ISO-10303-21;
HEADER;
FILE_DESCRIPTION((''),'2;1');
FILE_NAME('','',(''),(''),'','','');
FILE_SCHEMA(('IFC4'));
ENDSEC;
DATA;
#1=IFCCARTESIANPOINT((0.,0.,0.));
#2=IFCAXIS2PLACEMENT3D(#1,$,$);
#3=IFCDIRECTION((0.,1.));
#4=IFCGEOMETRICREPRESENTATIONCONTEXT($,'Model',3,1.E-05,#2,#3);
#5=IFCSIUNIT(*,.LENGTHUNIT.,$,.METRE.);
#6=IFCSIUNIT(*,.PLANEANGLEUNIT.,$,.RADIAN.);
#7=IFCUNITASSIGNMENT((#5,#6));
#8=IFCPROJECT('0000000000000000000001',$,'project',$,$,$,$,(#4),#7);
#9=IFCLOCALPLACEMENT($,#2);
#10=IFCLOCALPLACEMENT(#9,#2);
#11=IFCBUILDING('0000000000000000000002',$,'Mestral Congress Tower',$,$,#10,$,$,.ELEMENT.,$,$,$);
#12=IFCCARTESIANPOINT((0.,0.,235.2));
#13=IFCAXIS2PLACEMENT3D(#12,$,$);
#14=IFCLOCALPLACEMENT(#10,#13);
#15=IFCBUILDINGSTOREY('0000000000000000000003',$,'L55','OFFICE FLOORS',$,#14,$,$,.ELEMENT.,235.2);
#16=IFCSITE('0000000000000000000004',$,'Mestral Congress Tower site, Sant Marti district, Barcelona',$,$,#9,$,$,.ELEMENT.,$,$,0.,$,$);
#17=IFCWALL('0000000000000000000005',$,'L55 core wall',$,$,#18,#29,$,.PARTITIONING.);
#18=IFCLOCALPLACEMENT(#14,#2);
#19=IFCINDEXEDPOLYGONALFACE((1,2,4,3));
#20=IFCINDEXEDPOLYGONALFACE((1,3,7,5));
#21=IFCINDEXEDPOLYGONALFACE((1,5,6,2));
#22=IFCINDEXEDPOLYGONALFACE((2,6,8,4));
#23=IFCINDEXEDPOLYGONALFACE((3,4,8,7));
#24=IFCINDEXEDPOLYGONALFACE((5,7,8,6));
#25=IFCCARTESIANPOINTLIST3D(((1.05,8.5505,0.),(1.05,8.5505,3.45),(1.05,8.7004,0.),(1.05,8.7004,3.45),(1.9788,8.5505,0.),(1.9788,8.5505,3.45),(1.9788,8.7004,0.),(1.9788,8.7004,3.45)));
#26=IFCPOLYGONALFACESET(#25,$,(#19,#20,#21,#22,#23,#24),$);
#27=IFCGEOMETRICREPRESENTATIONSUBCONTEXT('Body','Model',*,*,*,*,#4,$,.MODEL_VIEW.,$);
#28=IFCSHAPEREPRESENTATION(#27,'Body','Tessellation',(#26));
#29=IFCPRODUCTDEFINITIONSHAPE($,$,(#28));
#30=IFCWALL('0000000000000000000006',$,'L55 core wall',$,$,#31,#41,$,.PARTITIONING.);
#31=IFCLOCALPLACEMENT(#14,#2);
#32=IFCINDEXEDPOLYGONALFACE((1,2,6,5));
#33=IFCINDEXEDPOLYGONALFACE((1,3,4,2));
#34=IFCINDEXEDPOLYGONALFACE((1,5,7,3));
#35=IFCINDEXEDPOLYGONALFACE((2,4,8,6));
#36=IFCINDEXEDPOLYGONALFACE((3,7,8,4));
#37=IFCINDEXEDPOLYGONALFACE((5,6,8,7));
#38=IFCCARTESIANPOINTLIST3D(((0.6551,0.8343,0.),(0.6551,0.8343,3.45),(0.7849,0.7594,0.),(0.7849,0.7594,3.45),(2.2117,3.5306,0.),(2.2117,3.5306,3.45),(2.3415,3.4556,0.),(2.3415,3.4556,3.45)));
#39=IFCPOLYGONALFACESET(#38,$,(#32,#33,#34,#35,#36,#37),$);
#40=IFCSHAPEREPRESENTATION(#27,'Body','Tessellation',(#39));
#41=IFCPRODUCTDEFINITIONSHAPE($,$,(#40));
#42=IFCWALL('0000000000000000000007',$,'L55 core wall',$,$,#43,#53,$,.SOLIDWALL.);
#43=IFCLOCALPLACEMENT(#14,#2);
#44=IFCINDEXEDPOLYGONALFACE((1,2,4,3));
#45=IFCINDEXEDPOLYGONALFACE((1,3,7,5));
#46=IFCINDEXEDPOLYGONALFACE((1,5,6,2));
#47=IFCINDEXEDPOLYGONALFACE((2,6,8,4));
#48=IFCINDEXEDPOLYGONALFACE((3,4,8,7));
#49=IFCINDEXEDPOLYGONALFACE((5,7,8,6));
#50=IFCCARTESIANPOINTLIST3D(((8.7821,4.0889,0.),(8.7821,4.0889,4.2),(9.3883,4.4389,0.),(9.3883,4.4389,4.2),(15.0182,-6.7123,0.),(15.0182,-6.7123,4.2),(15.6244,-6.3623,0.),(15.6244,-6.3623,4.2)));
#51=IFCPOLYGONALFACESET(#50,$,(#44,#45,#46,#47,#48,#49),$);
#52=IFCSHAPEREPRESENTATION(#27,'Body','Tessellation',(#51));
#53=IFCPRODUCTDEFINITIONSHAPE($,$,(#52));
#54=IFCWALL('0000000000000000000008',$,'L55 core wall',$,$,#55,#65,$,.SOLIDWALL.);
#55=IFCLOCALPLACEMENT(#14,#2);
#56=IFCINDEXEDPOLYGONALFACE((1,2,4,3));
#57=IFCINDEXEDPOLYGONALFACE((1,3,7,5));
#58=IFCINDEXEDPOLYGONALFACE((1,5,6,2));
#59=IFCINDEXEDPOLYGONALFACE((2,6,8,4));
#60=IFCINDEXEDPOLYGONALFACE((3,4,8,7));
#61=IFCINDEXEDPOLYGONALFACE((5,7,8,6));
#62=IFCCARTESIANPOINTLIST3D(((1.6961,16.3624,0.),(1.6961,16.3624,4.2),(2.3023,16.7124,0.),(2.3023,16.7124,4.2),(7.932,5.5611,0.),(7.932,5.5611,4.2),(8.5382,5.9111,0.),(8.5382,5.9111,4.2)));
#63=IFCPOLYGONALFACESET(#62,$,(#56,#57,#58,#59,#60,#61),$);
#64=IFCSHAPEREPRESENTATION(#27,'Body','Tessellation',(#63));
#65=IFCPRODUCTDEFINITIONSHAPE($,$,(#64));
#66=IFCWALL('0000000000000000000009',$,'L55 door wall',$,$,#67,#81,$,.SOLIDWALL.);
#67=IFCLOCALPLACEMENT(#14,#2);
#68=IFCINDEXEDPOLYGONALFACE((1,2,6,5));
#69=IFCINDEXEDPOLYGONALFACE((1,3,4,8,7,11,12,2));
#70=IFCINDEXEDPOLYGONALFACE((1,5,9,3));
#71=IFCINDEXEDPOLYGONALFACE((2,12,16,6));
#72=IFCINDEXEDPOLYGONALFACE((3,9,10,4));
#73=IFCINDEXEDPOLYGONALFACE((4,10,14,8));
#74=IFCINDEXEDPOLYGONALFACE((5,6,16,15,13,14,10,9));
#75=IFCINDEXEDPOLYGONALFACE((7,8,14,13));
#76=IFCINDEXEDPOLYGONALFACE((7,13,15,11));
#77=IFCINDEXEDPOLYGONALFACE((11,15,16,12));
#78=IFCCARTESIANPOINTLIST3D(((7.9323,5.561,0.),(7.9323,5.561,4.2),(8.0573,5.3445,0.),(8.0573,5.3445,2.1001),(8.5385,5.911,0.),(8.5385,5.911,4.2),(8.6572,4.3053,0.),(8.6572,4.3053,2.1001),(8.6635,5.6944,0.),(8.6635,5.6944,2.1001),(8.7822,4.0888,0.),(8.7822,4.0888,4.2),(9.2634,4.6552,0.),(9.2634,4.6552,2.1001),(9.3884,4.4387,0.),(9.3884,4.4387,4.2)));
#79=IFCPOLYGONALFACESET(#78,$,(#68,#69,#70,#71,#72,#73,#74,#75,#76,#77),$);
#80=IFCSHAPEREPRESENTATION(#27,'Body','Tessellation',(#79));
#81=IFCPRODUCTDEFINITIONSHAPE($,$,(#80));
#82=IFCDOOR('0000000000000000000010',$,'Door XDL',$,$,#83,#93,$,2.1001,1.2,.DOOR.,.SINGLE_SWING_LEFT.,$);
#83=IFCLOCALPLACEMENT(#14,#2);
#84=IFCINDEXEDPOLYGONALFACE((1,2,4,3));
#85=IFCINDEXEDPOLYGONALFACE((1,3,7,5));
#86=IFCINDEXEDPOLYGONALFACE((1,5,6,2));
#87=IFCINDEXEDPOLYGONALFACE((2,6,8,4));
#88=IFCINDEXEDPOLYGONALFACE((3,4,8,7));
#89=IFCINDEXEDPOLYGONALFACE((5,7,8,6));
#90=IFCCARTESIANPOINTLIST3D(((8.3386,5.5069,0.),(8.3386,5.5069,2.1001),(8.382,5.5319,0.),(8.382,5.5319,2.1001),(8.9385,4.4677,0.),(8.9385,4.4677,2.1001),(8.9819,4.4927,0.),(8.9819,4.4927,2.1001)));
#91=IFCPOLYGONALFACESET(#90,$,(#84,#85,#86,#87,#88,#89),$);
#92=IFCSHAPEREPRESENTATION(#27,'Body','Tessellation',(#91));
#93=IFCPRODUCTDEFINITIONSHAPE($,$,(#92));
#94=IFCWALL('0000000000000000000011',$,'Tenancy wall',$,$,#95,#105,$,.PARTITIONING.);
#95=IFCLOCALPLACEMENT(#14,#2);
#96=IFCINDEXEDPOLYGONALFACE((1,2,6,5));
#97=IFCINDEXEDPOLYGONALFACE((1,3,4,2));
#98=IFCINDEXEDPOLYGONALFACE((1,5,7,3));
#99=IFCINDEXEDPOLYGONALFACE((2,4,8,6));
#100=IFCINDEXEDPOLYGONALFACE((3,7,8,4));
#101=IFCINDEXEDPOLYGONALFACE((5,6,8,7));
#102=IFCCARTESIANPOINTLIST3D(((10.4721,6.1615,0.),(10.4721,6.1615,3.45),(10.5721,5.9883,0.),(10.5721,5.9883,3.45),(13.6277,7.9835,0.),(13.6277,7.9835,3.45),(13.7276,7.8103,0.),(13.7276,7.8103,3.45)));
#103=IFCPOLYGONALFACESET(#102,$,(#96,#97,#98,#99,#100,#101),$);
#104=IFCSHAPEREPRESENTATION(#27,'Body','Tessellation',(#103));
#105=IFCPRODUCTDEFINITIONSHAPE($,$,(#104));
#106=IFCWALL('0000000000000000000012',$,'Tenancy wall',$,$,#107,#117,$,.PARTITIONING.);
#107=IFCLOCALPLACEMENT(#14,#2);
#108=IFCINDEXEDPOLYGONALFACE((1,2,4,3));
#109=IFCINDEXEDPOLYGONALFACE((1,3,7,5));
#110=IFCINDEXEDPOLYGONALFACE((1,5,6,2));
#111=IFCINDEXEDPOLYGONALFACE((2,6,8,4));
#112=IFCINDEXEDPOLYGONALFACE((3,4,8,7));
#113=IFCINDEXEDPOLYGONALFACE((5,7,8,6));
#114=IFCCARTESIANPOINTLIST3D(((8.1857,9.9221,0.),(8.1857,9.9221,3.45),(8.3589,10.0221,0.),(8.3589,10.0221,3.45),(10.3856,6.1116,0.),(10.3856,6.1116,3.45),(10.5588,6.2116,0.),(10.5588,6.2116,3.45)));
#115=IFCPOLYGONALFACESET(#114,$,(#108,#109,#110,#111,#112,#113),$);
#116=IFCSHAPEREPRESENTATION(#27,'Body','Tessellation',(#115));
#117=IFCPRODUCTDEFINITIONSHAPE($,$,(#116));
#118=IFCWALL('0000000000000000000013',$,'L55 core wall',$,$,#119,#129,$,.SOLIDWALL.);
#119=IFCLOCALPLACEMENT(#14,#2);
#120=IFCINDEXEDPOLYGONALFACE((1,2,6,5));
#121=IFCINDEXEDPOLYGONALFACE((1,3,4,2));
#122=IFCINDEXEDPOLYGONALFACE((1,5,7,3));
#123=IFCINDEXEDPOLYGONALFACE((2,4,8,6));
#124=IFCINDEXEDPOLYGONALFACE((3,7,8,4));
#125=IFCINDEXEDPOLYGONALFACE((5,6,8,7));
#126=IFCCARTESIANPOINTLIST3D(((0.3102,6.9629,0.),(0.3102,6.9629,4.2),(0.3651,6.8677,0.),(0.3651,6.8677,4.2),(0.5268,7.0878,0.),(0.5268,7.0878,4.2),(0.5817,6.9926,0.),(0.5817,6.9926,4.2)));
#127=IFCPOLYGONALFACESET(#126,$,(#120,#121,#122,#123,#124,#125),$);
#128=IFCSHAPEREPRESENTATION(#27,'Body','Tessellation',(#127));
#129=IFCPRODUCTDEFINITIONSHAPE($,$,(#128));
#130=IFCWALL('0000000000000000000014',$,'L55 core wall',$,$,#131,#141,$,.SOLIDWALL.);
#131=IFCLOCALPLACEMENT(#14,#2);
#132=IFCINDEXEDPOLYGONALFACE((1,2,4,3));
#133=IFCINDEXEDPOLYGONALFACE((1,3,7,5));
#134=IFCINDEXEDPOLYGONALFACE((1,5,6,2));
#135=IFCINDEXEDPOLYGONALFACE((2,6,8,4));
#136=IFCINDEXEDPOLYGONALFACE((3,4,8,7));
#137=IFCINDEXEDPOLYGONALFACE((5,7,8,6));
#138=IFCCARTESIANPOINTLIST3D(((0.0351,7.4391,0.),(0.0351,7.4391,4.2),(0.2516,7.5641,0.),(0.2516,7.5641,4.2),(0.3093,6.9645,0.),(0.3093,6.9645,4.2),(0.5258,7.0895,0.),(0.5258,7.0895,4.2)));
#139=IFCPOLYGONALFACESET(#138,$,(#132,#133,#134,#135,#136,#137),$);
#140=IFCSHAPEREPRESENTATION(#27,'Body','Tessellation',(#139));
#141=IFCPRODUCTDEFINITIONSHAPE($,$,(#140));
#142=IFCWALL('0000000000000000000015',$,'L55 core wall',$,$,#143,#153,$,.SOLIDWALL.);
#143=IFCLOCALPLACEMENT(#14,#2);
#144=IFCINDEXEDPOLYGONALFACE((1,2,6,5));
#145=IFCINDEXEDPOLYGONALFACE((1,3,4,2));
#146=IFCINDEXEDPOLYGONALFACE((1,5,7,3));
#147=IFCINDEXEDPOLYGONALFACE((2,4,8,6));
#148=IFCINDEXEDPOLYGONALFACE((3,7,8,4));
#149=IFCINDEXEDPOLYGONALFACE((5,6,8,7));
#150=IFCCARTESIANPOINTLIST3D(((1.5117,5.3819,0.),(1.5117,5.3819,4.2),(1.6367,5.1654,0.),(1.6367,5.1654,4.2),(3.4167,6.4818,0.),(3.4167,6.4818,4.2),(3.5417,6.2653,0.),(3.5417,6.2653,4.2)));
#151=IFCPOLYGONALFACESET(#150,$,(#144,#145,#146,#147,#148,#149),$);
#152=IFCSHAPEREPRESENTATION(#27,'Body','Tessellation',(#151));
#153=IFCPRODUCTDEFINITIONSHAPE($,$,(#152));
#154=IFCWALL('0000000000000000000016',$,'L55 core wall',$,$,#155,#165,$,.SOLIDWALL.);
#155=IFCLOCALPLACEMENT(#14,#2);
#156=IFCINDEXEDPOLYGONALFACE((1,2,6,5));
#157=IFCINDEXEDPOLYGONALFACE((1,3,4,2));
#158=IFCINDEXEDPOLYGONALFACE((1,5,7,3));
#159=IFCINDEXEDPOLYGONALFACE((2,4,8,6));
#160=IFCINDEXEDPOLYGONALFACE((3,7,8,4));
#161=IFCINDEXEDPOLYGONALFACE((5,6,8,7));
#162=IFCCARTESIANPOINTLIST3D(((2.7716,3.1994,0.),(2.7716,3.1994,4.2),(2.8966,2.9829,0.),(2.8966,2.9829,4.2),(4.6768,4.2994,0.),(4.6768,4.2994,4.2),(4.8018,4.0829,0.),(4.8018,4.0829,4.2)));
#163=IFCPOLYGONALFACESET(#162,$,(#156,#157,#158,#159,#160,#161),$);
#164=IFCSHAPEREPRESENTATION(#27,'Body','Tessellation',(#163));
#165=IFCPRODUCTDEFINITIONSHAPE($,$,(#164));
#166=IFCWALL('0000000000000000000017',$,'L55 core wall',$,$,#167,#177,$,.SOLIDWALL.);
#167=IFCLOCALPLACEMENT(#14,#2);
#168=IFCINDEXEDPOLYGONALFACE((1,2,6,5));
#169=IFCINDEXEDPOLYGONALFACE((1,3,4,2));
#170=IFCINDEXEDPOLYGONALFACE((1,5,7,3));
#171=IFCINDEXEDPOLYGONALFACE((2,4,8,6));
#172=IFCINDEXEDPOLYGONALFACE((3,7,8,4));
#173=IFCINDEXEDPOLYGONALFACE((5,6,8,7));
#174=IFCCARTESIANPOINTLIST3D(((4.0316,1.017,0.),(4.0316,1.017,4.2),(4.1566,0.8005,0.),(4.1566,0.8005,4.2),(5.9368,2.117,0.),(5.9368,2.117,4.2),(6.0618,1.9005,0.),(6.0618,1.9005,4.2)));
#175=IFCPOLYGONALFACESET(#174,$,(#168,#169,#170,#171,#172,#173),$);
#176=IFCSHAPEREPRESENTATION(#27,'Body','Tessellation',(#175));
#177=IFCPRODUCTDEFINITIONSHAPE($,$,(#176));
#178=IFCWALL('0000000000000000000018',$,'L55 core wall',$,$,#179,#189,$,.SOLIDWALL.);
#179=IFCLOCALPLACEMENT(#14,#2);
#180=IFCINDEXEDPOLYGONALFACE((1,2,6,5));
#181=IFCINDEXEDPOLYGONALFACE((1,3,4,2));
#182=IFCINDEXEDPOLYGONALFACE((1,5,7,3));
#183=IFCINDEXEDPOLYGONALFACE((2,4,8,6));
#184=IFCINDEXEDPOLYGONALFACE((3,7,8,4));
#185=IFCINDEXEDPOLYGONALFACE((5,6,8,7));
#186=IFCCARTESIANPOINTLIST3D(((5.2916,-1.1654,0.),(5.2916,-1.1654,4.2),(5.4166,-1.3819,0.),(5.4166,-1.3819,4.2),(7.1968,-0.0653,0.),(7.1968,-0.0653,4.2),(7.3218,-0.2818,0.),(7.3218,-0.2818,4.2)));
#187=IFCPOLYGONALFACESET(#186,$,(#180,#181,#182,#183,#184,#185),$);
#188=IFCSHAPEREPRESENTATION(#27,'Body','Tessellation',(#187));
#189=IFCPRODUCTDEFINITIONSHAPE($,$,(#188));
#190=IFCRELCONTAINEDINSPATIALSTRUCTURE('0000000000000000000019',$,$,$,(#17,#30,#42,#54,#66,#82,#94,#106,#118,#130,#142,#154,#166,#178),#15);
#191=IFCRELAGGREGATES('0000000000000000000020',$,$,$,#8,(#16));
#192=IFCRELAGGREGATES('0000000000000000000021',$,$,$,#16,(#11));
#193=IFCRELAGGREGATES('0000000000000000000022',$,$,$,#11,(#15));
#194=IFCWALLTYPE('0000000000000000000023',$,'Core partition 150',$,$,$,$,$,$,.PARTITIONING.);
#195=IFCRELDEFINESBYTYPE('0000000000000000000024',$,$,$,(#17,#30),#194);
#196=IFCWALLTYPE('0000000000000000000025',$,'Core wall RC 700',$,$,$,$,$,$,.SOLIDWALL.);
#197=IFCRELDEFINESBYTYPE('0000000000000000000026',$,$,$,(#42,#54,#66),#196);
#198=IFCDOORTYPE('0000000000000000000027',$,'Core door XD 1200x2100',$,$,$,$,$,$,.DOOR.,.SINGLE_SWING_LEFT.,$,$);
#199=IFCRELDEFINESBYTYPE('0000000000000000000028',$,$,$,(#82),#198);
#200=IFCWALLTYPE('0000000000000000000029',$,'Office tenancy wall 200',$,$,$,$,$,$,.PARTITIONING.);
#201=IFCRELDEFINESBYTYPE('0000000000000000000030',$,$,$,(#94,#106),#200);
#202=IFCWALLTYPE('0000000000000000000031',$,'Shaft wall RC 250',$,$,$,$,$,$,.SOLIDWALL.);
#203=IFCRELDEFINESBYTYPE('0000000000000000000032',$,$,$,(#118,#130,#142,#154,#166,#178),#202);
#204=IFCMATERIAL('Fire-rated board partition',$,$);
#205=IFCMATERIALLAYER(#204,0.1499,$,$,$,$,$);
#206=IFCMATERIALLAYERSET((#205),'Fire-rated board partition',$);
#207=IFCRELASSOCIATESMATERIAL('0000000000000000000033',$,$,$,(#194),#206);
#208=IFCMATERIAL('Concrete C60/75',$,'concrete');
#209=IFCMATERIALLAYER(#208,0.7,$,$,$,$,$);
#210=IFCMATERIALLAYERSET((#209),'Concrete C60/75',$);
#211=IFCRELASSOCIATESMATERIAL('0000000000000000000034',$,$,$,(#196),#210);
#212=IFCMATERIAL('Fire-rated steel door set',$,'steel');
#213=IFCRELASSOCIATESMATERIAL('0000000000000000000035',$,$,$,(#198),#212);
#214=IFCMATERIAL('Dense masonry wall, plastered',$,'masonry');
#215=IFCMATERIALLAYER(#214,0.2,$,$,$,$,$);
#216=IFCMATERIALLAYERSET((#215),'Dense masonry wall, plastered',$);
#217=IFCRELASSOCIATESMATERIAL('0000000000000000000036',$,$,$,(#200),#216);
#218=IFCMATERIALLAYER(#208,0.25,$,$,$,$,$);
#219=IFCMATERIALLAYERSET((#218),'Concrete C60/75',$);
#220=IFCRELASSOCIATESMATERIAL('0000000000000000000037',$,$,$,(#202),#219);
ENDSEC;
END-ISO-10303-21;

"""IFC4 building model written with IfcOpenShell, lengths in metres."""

from ifc_helpers import new_model, si_unit, direction, frame, frame_2d, origin, place, context, subcontext, project, spatial, rectangle, extrude, material, layer, layer_set, type_object, element, fill, save


model = new_model("IFC4")

# Units and contexts
model_context = context("Model", 3, precision=1e-05, world=origin(), true_north=direction((0.0, 1.0)))
body_context = subcontext(model_context, "Body", "Model", "MODEL_VIEW")
ifc_project = project(units=[si_unit("LENGTHUNIT", "METRE"), si_unit("PLANEANGLEUNIT", "RADIAN")], contexts=[model_context])

# Site, building, storey
site_placement = place(None, origin())
site = spatial("IfcSite", under=ifc_project, at=site_placement, Name="Mestral Congress Tower site, Sant Marti district, Barcelona", CompositionType="ELEMENT", RefElevation=0.0)
building_placement = place(site_placement, origin())
building = spatial("IfcBuilding", under=site, at=building_placement, Name="Mestral Congress Tower", CompositionType="ELEMENT")
storey_placement = place(building_placement, frame((0.0, 0.0, 235.2)))
storey = spatial("IfcBuildingStorey", under=building, at=storey_placement, Name="L55", Description="OFFICE FLOORS", CompositionType="ELEMENT", Elevation=235.2)

# Walls
ifc_material_1 = material(Name="Fire-rated board partition")
ifc_layer_1 = layer(ifc_material_1, 0.1499)
ifc_layer_set_1 = layer_set([ifc_layer_1], Name="Fire-rated board partition")
wall_type_1 = type_object("IfcWallType", Name="Core partition 150", PredefinedType="PARTITIONING", material=ifc_layer_set_1)
wall_1_placement = place(storey_placement, frame((1.05, 8.6255, 0.0), z_axis=(0.0, 0.0, 1.0), x_axis=(1.0, 0.0, 0.0)))
element("IfcWall", 1, at=wall_1_placement, inside=storey, type_object=wall_type_1, Name="L55 core wall", PredefinedType="PARTITIONING", context=body_context, shape_type="SweptSolid", body=[
    extrude(rectangle(XDim=0.9287, YDim=0.1499, at=frame_2d((0.4644, 0.0))), origin(), (0.0, 0.0, 1.0), 3.45),
])
wall_2_placement = place(storey_placement, frame((0.72, 0.7969, 0.0), z_axis=(0.0, 0.0, 1.0), x_axis=(0.499985, 0.866034, 0.0)))
element("IfcWall", 2, at=wall_2_placement, inside=storey, type_object=wall_type_1, Name="L55 core wall", PredefinedType="PARTITIONING", context=body_context, shape_type="SweptSolid", body=[
    extrude(rectangle(XDim=3.1133, YDim=0.1499, at=frame_2d((1.5566, 0.0))), origin(), (0.0, 0.0, 1.0), 3.45),
])
ifc_material_2 = material(Name="Concrete C60/75", Category="concrete")
ifc_layer_2 = layer(ifc_material_2, 0.7)
ifc_layer_set_2 = layer_set([ifc_layer_2], Name="Concrete C60/75")
wall_type_2 = type_object("IfcWallType", Name="Core wall RC 700", PredefinedType="SOLIDWALL", material=ifc_layer_set_2)
for number, where, z_axis, x_axis, name in (
    (3, (9.0852, 4.2639, 0.0), (0.0, 0.0, 1.0), (0.499998, -0.866027, 0.0), "L55 core wall"),
    (4, (8.2351, 5.7361, 0.0), (0.0, 0.0, 1.0), (-0.499983, 0.866035, 0.0), "L55 core wall"),
):
    element("IfcWall", number, at=place(storey_placement, frame(where, z_axis=z_axis, x_axis=x_axis)), inside=storey, type_object=wall_type_2, Name=name, PredefinedType="SOLIDWALL", context=body_context, shape_type="SweptSolid", body=[
        extrude(rectangle(XDim=12.4722, YDim=0.7, at=frame_2d((6.2361, 0.0))), origin(), (0.0, 0.0, 1.0), 4.2),
    ])

# Wall, opening, door
wall_3_placement = place(storey_placement, frame((8.2354, 5.7361, 0.0), z_axis=(0.0, 0.0, 1.0), x_axis=(0.499955, -0.866052, 0.0)))
wall_3 = element("IfcWall", 5, at=wall_3_placement, inside=storey, type_object=wall_type_2, Name="L55 door wall", PredefinedType="SOLIDWALL", context=body_context, shape_type="SweptSolid", body=[
    extrude(rectangle(XDim=1.7, YDim=0.7, at=frame_2d((0.8501, 0.0))), origin(), (0.0, 0.0, 1.0), 4.2),
])
opening_1_placement = place(wall_3_placement, frame((0.25, 0.0, 0.0)))
opening_1 = element("IfcOpeningElement", 6, at=opening_1_placement, cuts=wall_3, PredefinedType="OPENING", context=body_context, shape_type="SweptSolid", body=[
    extrude(rectangle(XDim=1.2, YDim=2.1001, at=frame_2d((0.6001, 1.05))), frame((0.0, 0.3599, 0.0), z_axis=(0.0, -1.0, 0.0), x_axis=(1.0, 0.0, 0.0)), (0.0, 0.0, 1.0), 0.72),
])
ifc_material_3 = material(Name="Fire-rated steel door set", Category="steel")
door_type_1 = type_object("IfcDoorType", Name="Core door XD 1200x2100", OperationType="SINGLE_SWING_LEFT", PredefinedType="DOOR", material=ifc_material_3)
door_1_placement = place(opening_1_placement, origin())
door_1 = element("IfcDoor", 7, at=door_1_placement, inside=storey, type_object=door_type_1, Name="Door XDL", OperationType="SINGLE_SWING_LEFT", OverallHeight=2.1001, OverallWidth=1.2, PredefinedType="DOOR", context=body_context, shape_type="SweptSolid", body=[
    extrude(rectangle(XDim=1.2, YDim=2.1001, at=frame_2d((0.6001, 1.05))), frame((0.0, 0.0249, 0.0), z_axis=(0.0, -1.0, 0.0), x_axis=(1.0, 0.0, 0.0)), (0.0, 0.0, 1.0), 0.05),
])
fill(opening_1, door_1)

# Walls
ifc_material_4 = material(Name="Dense masonry wall, plastered", Category="masonry")
ifc_layer_3 = layer(ifc_material_4, 0.2)
ifc_layer_set_3 = layer_set([ifc_layer_3], Name="Dense masonry wall, plastered")
wall_type_3 = type_object("IfcWallType", Name="Office tenancy wall 200", PredefinedType="PARTITIONING", material=ifc_layer_set_3)
wall_4_placement = place(storey_placement, frame((10.5222, 6.075, 0.0), z_axis=(0.0, 0.0, 1.0), x_axis=(0.866004, 0.500038, 0.0)))
element("IfcWall", 8, at=wall_4_placement, inside=storey, type_object=wall_type_3, Name="Tenancy wall", PredefinedType="PARTITIONING", context=body_context, shape_type="SweptSolid", body=[
    extrude(rectangle(XDim=3.6438, YDim=0.2, at=frame_2d((1.8218, 0.0))), origin(), (0.0, 0.0, 1.0), 3.45),
])
wall_5_placement = place(storey_placement, frame((10.4722, 6.1616, 0.0), z_axis=(0.0, 0.0, 1.0), x_axis=(-0.499988, 0.866032, 0.0)))
element("IfcWall", 9, at=wall_5_placement, inside=storey, type_object=wall_type_3, Name="Tenancy wall", PredefinedType="PARTITIONING", context=body_context, shape_type="SweptSolid", body=[
    extrude(rectangle(XDim=4.3999, YDim=0.2, at=frame_2d((2.2, 0.0))), origin(), (0.0, 0.0, 1.0), 3.45),
])
ifc_layer_4 = layer(ifc_material_2, 0.25)
ifc_layer_set_4 = layer_set([ifc_layer_4], Name="Concrete C60/75")
wall_type_4 = type_object("IfcWallType", Name="Shaft wall RC 250", PredefinedType="SOLIDWALL", material=ifc_layer_set_4)
wall_6_placement = place(storey_placement, frame((0.4734, 6.9302, 0.0), z_axis=(0.0, 0.0, 1.0), x_axis=(-0.499722, 0.866186, 0.0)))
element("IfcWall", 10, at=wall_6_placement, inside=storey, type_object=wall_type_4, Name="L55 core wall", PredefinedType="SOLIDWALL", context=body_context, shape_type="SweptSolid", body=[
    extrude(rectangle(XDim=0.1099, YDim=0.25, at=frame_2d((0.0549, 0.0))), origin(), (0.0, 0.0, 1.0), 4.2),
])
wall_7_placement = place(storey_placement, frame((0.4175, 7.0271, 0.0), z_axis=(0.0, 0.0, 1.0), x_axis=(-0.500211, 0.865904, 0.0)))
element("IfcWall", 11, at=wall_7_placement, inside=storey, type_object=wall_type_4, Name="L55 core wall", PredefinedType="SOLIDWALL", context=body_context, shape_type="SweptSolid", body=[
    extrude(rectangle(XDim=0.5481, YDim=0.25, at=frame_2d((0.2739, 0.0))), origin(), (0.0, 0.0, 1.0), 4.2),
])
wall_8_placement = place(storey_placement, frame((1.5742, 5.2737, 0.0), z_axis=(0.0, 0.0, 1.0), x_axis=(0.866028, 0.499995, 0.0)))
element("IfcWall", 12, at=wall_8_placement, inside=storey, type_object=wall_type_4, Name="L55 core wall", PredefinedType="SOLIDWALL", context=body_context, shape_type="SweptSolid", body=[
    extrude(rectangle(XDim=2.1997, YDim=0.25, at=frame_2d((1.0999, 0.0))), origin(), (0.0, 0.0, 1.0), 4.2),
])
for number, where, z_axis, x_axis, name in (
    (13, (2.834, 3.0911, 0.0), (0.0, 0.0, 1.0), (0.866008, 0.50003, 0.0), "L55 core wall"),
    (14, (4.094, 0.9087, 0.0), (0.0, 0.0, 1.0), (0.866008, 0.50003, 0.0), "L55 core wall"),
    (15, (5.354, -1.2737, 0.0), (0.0, 0.0, 1.0), (0.866008, 0.50003, 0.0), "L55 core wall"),
):
    element("IfcWall", number, at=place(storey_placement, frame(where, z_axis=z_axis, x_axis=x_axis)), inside=storey, type_object=wall_type_4, Name=name, PredefinedType="SOLIDWALL", context=body_context, shape_type="SweptSolid", body=[
        extrude(rectangle(XDim=2.2, YDim=0.25, at=frame_2d((1.1001, 0.0))), origin(), (0.0, 0.0, 1.0), 4.2),
    ])

save(model, "model.ifc")
